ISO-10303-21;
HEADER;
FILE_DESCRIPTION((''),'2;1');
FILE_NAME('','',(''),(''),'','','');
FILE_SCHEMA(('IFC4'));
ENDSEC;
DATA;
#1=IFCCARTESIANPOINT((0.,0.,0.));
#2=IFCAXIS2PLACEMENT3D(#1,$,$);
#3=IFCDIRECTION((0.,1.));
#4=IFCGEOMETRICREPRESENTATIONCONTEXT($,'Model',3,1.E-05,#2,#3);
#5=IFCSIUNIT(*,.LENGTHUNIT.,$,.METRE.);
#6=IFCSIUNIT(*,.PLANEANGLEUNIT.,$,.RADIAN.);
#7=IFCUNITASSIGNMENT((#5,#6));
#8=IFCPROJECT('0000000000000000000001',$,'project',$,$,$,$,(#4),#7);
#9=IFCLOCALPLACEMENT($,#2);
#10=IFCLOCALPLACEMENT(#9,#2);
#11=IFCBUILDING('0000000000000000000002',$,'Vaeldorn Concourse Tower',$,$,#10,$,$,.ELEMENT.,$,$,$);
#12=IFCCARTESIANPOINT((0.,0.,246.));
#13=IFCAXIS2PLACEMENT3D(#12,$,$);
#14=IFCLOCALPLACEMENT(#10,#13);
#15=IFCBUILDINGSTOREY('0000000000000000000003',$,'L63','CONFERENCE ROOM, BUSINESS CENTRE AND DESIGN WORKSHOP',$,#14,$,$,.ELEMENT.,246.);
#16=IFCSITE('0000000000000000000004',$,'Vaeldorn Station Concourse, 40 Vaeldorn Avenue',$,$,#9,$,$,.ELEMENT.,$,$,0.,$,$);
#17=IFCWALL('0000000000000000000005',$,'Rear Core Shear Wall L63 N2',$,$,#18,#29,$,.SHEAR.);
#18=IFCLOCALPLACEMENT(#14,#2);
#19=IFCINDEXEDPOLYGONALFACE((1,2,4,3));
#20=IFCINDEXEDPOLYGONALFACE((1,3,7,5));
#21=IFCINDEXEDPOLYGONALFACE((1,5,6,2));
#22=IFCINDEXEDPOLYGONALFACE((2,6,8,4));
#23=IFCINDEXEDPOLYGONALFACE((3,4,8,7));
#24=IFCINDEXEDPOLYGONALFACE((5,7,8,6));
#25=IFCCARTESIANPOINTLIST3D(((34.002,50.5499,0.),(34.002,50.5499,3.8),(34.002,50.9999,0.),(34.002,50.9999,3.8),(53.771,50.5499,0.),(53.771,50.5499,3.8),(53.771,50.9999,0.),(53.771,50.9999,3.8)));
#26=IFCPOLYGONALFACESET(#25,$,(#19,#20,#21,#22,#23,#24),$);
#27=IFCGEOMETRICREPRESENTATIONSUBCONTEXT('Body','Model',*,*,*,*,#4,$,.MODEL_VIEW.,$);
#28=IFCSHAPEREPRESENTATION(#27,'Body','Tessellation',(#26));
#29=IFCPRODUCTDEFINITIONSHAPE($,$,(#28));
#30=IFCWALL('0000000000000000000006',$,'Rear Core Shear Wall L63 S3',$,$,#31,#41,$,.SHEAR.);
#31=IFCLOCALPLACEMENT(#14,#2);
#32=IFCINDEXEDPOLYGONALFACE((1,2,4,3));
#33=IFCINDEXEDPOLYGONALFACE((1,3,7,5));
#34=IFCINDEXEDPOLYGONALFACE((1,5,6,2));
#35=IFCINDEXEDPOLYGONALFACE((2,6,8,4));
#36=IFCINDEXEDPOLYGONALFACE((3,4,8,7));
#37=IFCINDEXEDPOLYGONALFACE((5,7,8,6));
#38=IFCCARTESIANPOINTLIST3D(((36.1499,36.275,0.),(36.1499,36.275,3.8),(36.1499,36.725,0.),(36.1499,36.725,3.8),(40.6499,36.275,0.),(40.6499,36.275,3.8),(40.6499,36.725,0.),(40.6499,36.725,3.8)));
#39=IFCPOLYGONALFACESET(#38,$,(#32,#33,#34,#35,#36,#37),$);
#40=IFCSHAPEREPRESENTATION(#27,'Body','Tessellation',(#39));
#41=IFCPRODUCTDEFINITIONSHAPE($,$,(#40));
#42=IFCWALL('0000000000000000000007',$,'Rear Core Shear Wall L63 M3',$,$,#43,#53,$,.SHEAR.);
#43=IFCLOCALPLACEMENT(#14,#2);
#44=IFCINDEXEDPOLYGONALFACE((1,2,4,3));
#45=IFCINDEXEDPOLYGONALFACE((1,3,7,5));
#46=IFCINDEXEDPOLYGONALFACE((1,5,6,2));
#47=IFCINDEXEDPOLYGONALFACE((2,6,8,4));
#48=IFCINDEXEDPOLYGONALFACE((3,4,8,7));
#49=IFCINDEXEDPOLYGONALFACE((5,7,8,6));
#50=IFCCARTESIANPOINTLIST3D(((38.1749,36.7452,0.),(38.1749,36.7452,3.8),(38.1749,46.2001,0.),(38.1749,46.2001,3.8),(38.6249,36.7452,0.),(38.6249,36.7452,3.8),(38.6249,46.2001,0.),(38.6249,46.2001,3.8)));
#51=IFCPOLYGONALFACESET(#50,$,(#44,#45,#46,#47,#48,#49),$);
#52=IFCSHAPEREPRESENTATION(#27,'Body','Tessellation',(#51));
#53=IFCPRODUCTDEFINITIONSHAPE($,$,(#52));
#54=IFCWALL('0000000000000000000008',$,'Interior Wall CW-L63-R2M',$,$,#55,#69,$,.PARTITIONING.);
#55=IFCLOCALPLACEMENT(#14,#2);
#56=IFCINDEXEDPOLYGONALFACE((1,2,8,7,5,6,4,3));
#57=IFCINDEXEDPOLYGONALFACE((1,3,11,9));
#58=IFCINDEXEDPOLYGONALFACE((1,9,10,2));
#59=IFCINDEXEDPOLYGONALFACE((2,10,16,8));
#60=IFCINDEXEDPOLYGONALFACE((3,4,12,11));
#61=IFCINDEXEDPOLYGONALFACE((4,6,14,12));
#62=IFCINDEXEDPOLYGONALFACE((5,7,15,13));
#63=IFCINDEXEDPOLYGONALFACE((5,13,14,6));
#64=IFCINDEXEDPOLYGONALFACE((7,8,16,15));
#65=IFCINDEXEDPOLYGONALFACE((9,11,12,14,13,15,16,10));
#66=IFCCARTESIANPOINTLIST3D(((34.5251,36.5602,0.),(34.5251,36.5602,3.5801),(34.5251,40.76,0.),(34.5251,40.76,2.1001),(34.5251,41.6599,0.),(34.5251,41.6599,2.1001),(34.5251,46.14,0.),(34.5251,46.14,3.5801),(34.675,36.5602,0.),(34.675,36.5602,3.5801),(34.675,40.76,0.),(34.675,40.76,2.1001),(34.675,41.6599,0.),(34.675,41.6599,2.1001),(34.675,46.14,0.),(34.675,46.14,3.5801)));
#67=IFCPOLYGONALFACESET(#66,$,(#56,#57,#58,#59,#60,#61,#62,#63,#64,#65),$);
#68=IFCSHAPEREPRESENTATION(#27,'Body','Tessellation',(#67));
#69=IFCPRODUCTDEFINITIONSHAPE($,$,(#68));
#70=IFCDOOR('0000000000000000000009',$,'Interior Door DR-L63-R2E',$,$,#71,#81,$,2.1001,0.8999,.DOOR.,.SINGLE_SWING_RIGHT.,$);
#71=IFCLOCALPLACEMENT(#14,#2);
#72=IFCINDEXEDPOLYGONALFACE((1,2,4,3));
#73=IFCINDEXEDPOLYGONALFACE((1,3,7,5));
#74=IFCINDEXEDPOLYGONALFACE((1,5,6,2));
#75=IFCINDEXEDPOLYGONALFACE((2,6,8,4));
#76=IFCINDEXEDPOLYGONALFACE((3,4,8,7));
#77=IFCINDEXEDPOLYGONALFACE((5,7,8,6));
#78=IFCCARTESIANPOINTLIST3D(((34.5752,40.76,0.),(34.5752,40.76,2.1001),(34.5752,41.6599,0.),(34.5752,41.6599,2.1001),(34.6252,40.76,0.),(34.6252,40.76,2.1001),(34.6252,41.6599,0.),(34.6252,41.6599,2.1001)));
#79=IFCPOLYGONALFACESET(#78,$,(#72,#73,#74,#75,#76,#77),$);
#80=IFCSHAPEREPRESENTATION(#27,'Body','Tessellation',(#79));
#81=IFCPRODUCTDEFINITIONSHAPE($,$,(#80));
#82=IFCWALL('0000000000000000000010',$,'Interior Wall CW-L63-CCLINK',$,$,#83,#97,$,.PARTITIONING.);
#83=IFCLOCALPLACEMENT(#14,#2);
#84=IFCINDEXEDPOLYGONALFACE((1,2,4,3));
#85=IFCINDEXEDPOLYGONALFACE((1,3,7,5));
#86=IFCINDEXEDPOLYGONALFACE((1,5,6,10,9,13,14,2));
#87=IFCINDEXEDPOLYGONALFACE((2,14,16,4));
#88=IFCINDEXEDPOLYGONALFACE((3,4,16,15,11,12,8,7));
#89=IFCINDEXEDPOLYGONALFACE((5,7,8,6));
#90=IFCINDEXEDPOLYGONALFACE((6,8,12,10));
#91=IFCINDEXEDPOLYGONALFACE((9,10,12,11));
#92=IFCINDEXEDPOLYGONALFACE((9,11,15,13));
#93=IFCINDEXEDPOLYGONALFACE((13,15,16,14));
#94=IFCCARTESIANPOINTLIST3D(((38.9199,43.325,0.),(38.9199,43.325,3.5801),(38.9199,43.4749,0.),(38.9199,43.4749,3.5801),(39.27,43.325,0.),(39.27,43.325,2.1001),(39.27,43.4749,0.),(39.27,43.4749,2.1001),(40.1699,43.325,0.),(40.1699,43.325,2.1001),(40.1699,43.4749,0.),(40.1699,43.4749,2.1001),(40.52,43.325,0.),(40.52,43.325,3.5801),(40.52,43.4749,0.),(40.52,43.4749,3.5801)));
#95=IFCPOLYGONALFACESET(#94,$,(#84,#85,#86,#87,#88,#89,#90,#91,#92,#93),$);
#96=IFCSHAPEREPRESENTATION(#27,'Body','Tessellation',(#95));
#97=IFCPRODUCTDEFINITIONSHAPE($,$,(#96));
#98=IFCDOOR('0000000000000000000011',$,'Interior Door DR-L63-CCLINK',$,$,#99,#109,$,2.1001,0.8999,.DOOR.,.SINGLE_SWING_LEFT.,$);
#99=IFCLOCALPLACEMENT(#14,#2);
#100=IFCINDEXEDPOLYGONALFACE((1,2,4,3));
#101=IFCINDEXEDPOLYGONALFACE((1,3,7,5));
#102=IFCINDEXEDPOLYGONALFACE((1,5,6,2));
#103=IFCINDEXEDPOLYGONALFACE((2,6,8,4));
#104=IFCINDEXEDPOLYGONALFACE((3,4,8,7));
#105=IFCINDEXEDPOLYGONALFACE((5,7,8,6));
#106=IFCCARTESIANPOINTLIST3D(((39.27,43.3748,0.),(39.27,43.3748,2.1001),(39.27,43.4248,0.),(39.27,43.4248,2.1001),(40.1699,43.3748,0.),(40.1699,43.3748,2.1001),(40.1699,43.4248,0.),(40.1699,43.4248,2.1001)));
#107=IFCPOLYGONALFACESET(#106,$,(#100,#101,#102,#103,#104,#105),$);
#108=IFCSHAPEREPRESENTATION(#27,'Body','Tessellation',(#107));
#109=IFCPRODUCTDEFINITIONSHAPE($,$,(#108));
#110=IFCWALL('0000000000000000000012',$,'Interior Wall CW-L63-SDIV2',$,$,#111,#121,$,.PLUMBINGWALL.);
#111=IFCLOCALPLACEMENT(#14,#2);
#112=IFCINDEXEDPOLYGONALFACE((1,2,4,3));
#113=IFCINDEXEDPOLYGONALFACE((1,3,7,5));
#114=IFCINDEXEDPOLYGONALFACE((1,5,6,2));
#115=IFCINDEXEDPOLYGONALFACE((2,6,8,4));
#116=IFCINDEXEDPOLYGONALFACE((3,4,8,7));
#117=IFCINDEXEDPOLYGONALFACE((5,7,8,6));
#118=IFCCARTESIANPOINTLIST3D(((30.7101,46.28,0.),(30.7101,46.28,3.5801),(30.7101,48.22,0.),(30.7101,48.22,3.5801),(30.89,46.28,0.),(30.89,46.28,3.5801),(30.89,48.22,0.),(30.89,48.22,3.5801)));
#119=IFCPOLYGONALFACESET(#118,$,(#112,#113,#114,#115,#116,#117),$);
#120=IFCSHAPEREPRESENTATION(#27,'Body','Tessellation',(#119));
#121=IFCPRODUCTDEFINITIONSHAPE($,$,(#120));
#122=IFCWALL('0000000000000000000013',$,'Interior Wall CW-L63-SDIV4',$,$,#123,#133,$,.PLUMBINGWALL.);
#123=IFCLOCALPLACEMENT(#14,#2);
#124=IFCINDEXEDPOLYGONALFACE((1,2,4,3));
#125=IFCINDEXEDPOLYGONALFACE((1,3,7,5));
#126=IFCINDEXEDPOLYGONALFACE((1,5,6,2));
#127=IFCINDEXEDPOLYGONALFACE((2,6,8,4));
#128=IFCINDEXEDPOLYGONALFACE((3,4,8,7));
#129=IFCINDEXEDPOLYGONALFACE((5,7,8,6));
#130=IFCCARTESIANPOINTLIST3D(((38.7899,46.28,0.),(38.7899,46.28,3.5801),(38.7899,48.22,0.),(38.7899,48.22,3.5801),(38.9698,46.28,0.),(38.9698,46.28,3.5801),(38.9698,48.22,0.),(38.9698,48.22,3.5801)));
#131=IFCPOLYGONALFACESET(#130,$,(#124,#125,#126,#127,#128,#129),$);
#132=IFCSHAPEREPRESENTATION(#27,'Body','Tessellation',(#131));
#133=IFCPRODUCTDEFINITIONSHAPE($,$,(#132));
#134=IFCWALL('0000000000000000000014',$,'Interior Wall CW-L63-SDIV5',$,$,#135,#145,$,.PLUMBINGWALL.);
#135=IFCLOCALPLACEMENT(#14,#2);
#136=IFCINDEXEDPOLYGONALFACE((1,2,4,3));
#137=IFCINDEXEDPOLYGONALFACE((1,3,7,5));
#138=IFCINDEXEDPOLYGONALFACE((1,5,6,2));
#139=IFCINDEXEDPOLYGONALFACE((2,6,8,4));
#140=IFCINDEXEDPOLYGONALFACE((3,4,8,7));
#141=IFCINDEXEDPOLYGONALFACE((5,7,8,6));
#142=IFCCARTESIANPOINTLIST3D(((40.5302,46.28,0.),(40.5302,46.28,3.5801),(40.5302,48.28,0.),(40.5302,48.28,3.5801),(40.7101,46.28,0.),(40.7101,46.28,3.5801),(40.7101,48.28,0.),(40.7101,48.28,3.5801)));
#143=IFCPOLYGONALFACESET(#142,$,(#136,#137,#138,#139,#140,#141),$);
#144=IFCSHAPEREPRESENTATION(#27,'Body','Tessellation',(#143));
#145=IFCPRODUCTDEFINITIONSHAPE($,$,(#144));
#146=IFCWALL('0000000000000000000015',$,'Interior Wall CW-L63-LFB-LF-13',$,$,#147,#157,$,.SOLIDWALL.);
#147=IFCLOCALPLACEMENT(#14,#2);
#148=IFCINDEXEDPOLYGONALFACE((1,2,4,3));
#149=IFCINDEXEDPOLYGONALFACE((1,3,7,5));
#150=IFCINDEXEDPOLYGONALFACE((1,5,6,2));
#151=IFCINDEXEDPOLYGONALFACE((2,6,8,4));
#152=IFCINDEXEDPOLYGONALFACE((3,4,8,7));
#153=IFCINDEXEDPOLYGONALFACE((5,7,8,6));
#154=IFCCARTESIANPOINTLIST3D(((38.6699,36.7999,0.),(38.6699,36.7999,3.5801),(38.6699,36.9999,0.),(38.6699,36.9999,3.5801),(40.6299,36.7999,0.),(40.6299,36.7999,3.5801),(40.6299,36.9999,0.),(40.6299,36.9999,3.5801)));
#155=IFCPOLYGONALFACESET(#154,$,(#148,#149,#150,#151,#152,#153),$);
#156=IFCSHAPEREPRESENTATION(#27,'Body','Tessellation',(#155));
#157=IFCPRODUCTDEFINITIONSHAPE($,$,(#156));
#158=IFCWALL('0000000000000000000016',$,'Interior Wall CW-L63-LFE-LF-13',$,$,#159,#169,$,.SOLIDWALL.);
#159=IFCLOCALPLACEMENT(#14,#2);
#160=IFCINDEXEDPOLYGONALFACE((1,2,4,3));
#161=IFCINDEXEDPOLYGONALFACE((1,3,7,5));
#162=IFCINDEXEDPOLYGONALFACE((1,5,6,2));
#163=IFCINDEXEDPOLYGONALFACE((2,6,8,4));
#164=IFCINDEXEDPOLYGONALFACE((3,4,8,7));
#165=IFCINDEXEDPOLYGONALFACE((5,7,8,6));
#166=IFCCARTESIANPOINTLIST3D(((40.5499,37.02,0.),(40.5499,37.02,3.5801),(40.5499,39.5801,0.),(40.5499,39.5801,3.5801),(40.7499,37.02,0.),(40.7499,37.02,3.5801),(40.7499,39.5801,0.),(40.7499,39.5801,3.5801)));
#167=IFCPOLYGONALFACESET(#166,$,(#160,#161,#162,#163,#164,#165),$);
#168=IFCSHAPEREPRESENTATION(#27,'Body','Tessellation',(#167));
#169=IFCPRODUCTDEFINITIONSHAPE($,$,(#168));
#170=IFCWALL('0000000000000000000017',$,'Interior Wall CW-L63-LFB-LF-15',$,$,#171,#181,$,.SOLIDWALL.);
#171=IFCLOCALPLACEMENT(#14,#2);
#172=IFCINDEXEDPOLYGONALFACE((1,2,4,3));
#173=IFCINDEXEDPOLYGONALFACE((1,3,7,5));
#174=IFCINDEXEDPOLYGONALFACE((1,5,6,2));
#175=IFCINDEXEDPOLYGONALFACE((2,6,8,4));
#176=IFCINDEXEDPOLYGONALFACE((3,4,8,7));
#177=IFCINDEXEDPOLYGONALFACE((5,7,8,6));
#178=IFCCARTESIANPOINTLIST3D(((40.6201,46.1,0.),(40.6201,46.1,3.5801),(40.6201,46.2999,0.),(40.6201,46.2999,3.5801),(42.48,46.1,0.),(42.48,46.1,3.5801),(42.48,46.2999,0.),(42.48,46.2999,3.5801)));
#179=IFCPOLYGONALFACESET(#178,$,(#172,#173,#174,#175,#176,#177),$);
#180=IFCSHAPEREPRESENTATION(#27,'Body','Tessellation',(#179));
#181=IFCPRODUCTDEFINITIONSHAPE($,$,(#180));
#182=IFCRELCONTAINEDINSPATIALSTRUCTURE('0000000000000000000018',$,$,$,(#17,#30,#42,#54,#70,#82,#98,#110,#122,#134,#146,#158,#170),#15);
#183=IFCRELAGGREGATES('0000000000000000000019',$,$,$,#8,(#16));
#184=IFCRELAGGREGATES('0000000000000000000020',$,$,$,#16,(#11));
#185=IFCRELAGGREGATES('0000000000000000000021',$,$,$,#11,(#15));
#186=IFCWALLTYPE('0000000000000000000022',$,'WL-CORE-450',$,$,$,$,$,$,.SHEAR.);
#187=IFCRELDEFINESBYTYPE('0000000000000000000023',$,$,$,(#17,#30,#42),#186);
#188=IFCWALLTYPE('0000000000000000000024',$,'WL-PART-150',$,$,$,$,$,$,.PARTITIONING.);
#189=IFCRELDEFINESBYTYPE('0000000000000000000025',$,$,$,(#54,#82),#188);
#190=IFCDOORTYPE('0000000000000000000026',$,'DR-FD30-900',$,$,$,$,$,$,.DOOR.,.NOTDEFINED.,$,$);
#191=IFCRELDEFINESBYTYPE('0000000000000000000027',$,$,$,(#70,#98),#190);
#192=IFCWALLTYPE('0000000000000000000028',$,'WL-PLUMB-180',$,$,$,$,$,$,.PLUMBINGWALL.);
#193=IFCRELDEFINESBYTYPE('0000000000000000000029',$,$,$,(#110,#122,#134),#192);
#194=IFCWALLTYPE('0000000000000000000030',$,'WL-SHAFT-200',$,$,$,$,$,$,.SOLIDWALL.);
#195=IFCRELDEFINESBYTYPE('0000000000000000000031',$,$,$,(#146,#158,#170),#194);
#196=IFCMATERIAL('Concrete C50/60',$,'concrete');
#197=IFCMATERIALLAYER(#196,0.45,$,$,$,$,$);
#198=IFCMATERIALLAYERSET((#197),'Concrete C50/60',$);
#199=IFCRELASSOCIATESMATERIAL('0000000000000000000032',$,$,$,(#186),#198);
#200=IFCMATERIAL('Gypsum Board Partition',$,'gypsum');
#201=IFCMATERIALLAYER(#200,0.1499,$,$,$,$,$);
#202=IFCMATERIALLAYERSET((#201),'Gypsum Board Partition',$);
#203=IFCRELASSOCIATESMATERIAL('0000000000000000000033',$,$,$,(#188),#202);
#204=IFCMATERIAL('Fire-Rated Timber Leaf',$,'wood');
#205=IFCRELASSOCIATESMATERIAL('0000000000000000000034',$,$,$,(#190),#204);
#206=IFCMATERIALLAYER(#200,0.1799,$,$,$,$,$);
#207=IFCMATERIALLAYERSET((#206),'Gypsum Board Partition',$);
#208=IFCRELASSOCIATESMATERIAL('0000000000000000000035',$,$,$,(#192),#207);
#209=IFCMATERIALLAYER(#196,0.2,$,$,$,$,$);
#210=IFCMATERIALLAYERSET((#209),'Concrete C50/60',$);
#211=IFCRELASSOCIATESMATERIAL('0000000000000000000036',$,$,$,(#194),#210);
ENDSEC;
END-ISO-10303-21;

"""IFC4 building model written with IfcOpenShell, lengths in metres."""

from ifc_helpers import new_model, si_unit, direction, frame, frame_2d, origin, place, context, subcontext, project, spatial, rectangle, extrude, source, transform, mapped, material, layer, layer_set, type_object, element, fill, save


model = new_model("IFC4")

# Units and contexts
model_context = context("Model", 3, precision=1e-05, world=origin(), true_north=direction((0.0, 1.0)))
body_context = subcontext(model_context, "Body", "Model", "MODEL_VIEW")
ifc_project = project(units=[si_unit("LENGTHUNIT", "METRE"), si_unit("PLANEANGLEUNIT", "RADIAN")], contexts=[model_context])

# Site, building, storey
site_placement = place(None, origin())
site = spatial("IfcSite", under=ifc_project, at=site_placement, Name="Vaeldorn Station Concourse, 40 Vaeldorn Avenue", CompositionType="ELEMENT", RefElevation=0.0)
building_placement = place(site_placement, origin())
building = spatial("IfcBuilding", under=site, at=building_placement, Name="Vaeldorn Concourse Tower", CompositionType="ELEMENT")
storey_placement = place(building_placement, frame((0.0, 0.0, 246.0)))
storey = spatial("IfcBuildingStorey", under=building, at=storey_placement, Name="L63", Description="CONFERENCE ROOM, BUSINESS CENTRE AND DESIGN WORKSHOP", CompositionType="ELEMENT", Elevation=246.0)

# Walls
ifc_material_1 = material(Name="Concrete C50/60", Category="concrete")
ifc_layer_1 = layer(ifc_material_1, 0.45)
ifc_layer_set_1 = layer_set([ifc_layer_1], Name="Concrete C50/60")
wall_type_1 = type_object("IfcWallType", Name="WL-CORE-450", PredefinedType="SHEAR", material=ifc_layer_set_1)
wall_1_placement = place(storey_placement, frame((34.002, 50.7749, 0.0), z_axis=(0.0, 0.0, 1.0), x_axis=(1.0, 0.0, 0.0)))
element("IfcWall", 1, at=wall_1_placement, inside=storey, type_object=wall_type_1, Name="Rear Core Shear Wall L63 N2", PredefinedType="SHEAR", context=body_context, shape_type="SweptSolid", body=[
    extrude(rectangle(XDim=19.769, YDim=0.45, at=frame_2d((9.8845, 0.0))), origin(), (0.0, 0.0, 1.0), 3.8),
])
wall_2_placement = place(storey_placement, frame((36.1499, 36.5, 0.0), z_axis=(0.0, 0.0, 1.0), x_axis=(1.0, 0.0, 0.0)))
element("IfcWall", 2, at=wall_2_placement, inside=storey, type_object=wall_type_1, Name="Rear Core Shear Wall L63 S3", PredefinedType="SHEAR", context=body_context, shape_type="SweptSolid", body=[
    extrude(rectangle(XDim=4.5, YDim=0.45, at=frame_2d((2.25, 0.0))), origin(), (0.0, 0.0, 1.0), 3.8),
])
wall_3_placement = place(storey_placement, frame((38.3999, 36.7451, 0.0), z_axis=(0.0, 0.0, 1.0), x_axis=(0.0, 1.0, 0.0)))
element("IfcWall", 3, at=wall_3_placement, inside=storey, type_object=wall_type_1, Name="Rear Core Shear Wall L63 M3", PredefinedType="SHEAR", context=body_context, shape_type="SweptSolid", body=[
    extrude(rectangle(XDim=9.4548, YDim=0.45, at=frame_2d((4.7275, 0.0))), origin(), (0.0, 0.0, 1.0), 3.8),
])

# Walls, openings, doors
ifc_material_2 = material(Name="Gypsum Board Partition", Category="gypsum")
ifc_layer_2 = layer(ifc_material_2, 0.1499)
ifc_layer_set_2 = layer_set([ifc_layer_2], Name="Gypsum Board Partition")
wall_type_2 = type_object("IfcWallType", Name="WL-PART-150", PredefinedType="PARTITIONING", material=ifc_layer_set_2)
wall_4_placement = place(storey_placement, frame((34.6001, 36.5601, 0.0), z_axis=(0.0, 0.0, 1.0), x_axis=(0.0, 1.0, 0.0)))
wall_4 = element("IfcWall", 4, at=wall_4_placement, inside=storey, type_object=wall_type_2, Name="Interior Wall CW-L63-R2M", PredefinedType="PARTITIONING", context=body_context, shape_type="SweptSolid", body=[
    extrude(rectangle(XDim=9.5798, YDim=0.1499, at=frame_2d((4.79, 0.0))), origin(), (0.0, 0.0, 1.0), 3.5801),
])
opening_1_placement = place(wall_4_placement, frame((4.2, 0.0, 0.0)))
opening_1 = element("IfcOpeningElement", 5, at=opening_1_placement, cuts=wall_4, PredefinedType="OPENING", context=body_context, shape_type="SweptSolid", body=[
    extrude(rectangle(XDim=0.8999, YDim=2.1001, at=frame_2d((0.45, 1.05))), frame((0.0, 0.085, 0.0), z_axis=(0.0, -1.0, 0.0), x_axis=(1.0, 0.0, 0.0)), (0.0, 0.0, 1.0), 0.1699),
])
ifc_material_3 = material(Name="Fire-Rated Timber Leaf", Category="wood")
door_type_1 = type_object("IfcDoorType", Name="DR-FD30-900", OperationType="NOTDEFINED", PredefinedType="DOOR", material=ifc_material_3)
shared_shape_1 = source(origin(), body_context, "Body", "SweptSolid", [
    extrude(rectangle(XDim=0.8999, YDim=2.1001, at=frame_2d((0.45, 1.05))), frame((0.0, 0.0249, 0.0), z_axis=(0.0, -1.0, 0.0), x_axis=(1.0, 0.0, 0.0)), (0.0, 0.0, 1.0), 0.05),
])
door_1_placement = place(opening_1_placement, origin())
door_1 = element("IfcDoor", 6, at=door_1_placement, inside=storey, type_object=door_type_1, Name="Interior Door DR-L63-R2E", OperationType="SINGLE_SWING_RIGHT", OverallHeight=2.1001, OverallWidth=0.8999, PredefinedType="DOOR", context=body_context, shape_type="MappedRepresentation", body=[
    mapped(shared_shape_1, transform((0.0, 0.0, 0.0), scale=1.0)),
])
fill(opening_1, door_1)
wall_5_placement = place(storey_placement, frame((38.9199, 43.3999, 0.0), z_axis=(0.0, 0.0, 1.0), x_axis=(1.0, 0.0, 0.0)))
wall_5 = element("IfcWall", 7, at=wall_5_placement, inside=storey, type_object=wall_type_2, Name="Interior Wall CW-L63-CCLINK", PredefinedType="PARTITIONING", context=body_context, shape_type="SweptSolid", body=[
    extrude(rectangle(XDim=1.6001, YDim=0.1499, at=frame_2d((0.8, 0.0))), origin(), (0.0, 0.0, 1.0), 3.5801),
])
opening_2_placement = place(wall_5_placement, frame((0.3501, 0.0, 0.0)))
opening_2 = element("IfcOpeningElement", 8, at=opening_2_placement, cuts=wall_5, PredefinedType="OPENING", context=body_context, shape_type="SweptSolid", body=[
    extrude(rectangle(XDim=0.8999, YDim=2.1001, at=frame_2d((0.45, 1.05))), frame((0.0, 0.085, 0.0), z_axis=(0.0, -1.0, 0.0), x_axis=(1.0, 0.0, 0.0)), (0.0, 0.0, 1.0), 0.1699),
])
door_2_placement = place(opening_2_placement, origin())
door_2 = element("IfcDoor", 9, at=door_2_placement, inside=storey, type_object=door_type_1, Name="Interior Door DR-L63-CCLINK", OperationType="SINGLE_SWING_LEFT", OverallHeight=2.1001, OverallWidth=0.8999, PredefinedType="DOOR", context=body_context, shape_type="MappedRepresentation", body=[
    mapped(shared_shape_1, transform((0.0, 0.0, 0.0), scale=1.0)),
])
fill(opening_2, door_2)

# Walls
ifc_layer_3 = layer(ifc_material_2, 0.1799)
ifc_layer_set_3 = layer_set([ifc_layer_3], Name="Gypsum Board Partition")
wall_type_3 = type_object("IfcWallType", Name="WL-PLUMB-180", PredefinedType="PLUMBINGWALL", material=ifc_layer_set_3)
for number, where, z_axis, x_axis, name in (
    (10, (30.8, 46.28, 0.0), (0.0, 0.0, 1.0), (0.0, 1.0, 0.0), "Interior Wall CW-L63-SDIV2"),
    (11, (38.8799, 46.28, 0.0), (0.0, 0.0, 1.0), (0.0, 1.0, 0.0), "Interior Wall CW-L63-SDIV4"),
):
    element("IfcWall", number, at=place(storey_placement, frame(where, z_axis=z_axis, x_axis=x_axis)), inside=storey, type_object=wall_type_3, Name=name, PredefinedType="PLUMBINGWALL", context=body_context, shape_type="SweptSolid", body=[
        extrude(rectangle(XDim=1.9399, YDim=0.1799, at=frame_2d((0.97, 0.0))), origin(), (0.0, 0.0, 1.0), 3.5801),
    ])
wall_6_placement = place(storey_placement, frame((40.6201, 46.28, 0.0), z_axis=(0.0, 0.0, 1.0), x_axis=(0.0, 1.0, 0.0)))
element("IfcWall", 12, at=wall_6_placement, inside=storey, type_object=wall_type_3, Name="Interior Wall CW-L63-SDIV5", PredefinedType="PLUMBINGWALL", context=body_context, shape_type="SweptSolid", body=[
    extrude(rectangle(XDim=2.0, YDim=0.1799, at=frame_2d((1.0, 0.0))), origin(), (0.0, 0.0, 1.0), 3.5801),
])

# Shared definitions
ifc_layer_4 = layer(ifc_material_1, 0.2)
ifc_layer_set_4 = layer_set([ifc_layer_4], Name="Concrete C50/60")
wall_type_4 = type_object("IfcWallType", Name="WL-SHAFT-200", PredefinedType="SOLIDWALL", material=ifc_layer_set_4)

# Walls
wall_7_placement = place(storey_placement, frame((38.6699, 36.8999, 0.0), z_axis=(0.0, 0.0, 1.0), x_axis=(1.0, 0.0, 0.0)))
element("IfcWall", 13, at=wall_7_placement, inside=storey, type_object=wall_type_4, Name="Interior Wall CW-L63-LFB-LF-13", PredefinedType="SOLIDWALL", context=body_context, shape_type="SweptSolid", body=[
    extrude(rectangle(XDim=1.96, YDim=0.2, at=frame_2d((0.98, 0.0))), origin(), (0.0, 0.0, 1.0), 3.5801),
])
wall_8_placement = place(storey_placement, frame((40.6499, 37.02, 0.0), z_axis=(0.0, 0.0, 1.0), x_axis=(0.0, 1.0, 0.0)))
element("IfcWall", 14, at=wall_8_placement, inside=storey, type_object=wall_type_4, Name="Interior Wall CW-L63-LFE-LF-13", PredefinedType="SOLIDWALL", context=body_context, shape_type="SweptSolid", body=[
    extrude(rectangle(XDim=2.5601, YDim=0.2, at=frame_2d((1.28, 0.0))), origin(), (0.0, 0.0, 1.0), 3.5801),
])

# Wall
wall_9_placement = place(storey_placement, frame((40.6201, 46.2, 0.0), z_axis=(0.0, 0.0, 1.0), x_axis=(1.0, 0.0, 0.0)))
element("IfcWall", 15, at=wall_9_placement, inside=storey, type_object=wall_type_4, Name="Interior Wall CW-L63-LFB-LF-15", PredefinedType="SOLIDWALL", context=body_context, shape_type="SweptSolid", body=[
    extrude(rectangle(XDim=1.8599, YDim=0.2, at=frame_2d((0.9299, 0.0))), origin(), (0.0, 0.0, 1.0), 3.5801),
])

save(model, "model.ifc")
